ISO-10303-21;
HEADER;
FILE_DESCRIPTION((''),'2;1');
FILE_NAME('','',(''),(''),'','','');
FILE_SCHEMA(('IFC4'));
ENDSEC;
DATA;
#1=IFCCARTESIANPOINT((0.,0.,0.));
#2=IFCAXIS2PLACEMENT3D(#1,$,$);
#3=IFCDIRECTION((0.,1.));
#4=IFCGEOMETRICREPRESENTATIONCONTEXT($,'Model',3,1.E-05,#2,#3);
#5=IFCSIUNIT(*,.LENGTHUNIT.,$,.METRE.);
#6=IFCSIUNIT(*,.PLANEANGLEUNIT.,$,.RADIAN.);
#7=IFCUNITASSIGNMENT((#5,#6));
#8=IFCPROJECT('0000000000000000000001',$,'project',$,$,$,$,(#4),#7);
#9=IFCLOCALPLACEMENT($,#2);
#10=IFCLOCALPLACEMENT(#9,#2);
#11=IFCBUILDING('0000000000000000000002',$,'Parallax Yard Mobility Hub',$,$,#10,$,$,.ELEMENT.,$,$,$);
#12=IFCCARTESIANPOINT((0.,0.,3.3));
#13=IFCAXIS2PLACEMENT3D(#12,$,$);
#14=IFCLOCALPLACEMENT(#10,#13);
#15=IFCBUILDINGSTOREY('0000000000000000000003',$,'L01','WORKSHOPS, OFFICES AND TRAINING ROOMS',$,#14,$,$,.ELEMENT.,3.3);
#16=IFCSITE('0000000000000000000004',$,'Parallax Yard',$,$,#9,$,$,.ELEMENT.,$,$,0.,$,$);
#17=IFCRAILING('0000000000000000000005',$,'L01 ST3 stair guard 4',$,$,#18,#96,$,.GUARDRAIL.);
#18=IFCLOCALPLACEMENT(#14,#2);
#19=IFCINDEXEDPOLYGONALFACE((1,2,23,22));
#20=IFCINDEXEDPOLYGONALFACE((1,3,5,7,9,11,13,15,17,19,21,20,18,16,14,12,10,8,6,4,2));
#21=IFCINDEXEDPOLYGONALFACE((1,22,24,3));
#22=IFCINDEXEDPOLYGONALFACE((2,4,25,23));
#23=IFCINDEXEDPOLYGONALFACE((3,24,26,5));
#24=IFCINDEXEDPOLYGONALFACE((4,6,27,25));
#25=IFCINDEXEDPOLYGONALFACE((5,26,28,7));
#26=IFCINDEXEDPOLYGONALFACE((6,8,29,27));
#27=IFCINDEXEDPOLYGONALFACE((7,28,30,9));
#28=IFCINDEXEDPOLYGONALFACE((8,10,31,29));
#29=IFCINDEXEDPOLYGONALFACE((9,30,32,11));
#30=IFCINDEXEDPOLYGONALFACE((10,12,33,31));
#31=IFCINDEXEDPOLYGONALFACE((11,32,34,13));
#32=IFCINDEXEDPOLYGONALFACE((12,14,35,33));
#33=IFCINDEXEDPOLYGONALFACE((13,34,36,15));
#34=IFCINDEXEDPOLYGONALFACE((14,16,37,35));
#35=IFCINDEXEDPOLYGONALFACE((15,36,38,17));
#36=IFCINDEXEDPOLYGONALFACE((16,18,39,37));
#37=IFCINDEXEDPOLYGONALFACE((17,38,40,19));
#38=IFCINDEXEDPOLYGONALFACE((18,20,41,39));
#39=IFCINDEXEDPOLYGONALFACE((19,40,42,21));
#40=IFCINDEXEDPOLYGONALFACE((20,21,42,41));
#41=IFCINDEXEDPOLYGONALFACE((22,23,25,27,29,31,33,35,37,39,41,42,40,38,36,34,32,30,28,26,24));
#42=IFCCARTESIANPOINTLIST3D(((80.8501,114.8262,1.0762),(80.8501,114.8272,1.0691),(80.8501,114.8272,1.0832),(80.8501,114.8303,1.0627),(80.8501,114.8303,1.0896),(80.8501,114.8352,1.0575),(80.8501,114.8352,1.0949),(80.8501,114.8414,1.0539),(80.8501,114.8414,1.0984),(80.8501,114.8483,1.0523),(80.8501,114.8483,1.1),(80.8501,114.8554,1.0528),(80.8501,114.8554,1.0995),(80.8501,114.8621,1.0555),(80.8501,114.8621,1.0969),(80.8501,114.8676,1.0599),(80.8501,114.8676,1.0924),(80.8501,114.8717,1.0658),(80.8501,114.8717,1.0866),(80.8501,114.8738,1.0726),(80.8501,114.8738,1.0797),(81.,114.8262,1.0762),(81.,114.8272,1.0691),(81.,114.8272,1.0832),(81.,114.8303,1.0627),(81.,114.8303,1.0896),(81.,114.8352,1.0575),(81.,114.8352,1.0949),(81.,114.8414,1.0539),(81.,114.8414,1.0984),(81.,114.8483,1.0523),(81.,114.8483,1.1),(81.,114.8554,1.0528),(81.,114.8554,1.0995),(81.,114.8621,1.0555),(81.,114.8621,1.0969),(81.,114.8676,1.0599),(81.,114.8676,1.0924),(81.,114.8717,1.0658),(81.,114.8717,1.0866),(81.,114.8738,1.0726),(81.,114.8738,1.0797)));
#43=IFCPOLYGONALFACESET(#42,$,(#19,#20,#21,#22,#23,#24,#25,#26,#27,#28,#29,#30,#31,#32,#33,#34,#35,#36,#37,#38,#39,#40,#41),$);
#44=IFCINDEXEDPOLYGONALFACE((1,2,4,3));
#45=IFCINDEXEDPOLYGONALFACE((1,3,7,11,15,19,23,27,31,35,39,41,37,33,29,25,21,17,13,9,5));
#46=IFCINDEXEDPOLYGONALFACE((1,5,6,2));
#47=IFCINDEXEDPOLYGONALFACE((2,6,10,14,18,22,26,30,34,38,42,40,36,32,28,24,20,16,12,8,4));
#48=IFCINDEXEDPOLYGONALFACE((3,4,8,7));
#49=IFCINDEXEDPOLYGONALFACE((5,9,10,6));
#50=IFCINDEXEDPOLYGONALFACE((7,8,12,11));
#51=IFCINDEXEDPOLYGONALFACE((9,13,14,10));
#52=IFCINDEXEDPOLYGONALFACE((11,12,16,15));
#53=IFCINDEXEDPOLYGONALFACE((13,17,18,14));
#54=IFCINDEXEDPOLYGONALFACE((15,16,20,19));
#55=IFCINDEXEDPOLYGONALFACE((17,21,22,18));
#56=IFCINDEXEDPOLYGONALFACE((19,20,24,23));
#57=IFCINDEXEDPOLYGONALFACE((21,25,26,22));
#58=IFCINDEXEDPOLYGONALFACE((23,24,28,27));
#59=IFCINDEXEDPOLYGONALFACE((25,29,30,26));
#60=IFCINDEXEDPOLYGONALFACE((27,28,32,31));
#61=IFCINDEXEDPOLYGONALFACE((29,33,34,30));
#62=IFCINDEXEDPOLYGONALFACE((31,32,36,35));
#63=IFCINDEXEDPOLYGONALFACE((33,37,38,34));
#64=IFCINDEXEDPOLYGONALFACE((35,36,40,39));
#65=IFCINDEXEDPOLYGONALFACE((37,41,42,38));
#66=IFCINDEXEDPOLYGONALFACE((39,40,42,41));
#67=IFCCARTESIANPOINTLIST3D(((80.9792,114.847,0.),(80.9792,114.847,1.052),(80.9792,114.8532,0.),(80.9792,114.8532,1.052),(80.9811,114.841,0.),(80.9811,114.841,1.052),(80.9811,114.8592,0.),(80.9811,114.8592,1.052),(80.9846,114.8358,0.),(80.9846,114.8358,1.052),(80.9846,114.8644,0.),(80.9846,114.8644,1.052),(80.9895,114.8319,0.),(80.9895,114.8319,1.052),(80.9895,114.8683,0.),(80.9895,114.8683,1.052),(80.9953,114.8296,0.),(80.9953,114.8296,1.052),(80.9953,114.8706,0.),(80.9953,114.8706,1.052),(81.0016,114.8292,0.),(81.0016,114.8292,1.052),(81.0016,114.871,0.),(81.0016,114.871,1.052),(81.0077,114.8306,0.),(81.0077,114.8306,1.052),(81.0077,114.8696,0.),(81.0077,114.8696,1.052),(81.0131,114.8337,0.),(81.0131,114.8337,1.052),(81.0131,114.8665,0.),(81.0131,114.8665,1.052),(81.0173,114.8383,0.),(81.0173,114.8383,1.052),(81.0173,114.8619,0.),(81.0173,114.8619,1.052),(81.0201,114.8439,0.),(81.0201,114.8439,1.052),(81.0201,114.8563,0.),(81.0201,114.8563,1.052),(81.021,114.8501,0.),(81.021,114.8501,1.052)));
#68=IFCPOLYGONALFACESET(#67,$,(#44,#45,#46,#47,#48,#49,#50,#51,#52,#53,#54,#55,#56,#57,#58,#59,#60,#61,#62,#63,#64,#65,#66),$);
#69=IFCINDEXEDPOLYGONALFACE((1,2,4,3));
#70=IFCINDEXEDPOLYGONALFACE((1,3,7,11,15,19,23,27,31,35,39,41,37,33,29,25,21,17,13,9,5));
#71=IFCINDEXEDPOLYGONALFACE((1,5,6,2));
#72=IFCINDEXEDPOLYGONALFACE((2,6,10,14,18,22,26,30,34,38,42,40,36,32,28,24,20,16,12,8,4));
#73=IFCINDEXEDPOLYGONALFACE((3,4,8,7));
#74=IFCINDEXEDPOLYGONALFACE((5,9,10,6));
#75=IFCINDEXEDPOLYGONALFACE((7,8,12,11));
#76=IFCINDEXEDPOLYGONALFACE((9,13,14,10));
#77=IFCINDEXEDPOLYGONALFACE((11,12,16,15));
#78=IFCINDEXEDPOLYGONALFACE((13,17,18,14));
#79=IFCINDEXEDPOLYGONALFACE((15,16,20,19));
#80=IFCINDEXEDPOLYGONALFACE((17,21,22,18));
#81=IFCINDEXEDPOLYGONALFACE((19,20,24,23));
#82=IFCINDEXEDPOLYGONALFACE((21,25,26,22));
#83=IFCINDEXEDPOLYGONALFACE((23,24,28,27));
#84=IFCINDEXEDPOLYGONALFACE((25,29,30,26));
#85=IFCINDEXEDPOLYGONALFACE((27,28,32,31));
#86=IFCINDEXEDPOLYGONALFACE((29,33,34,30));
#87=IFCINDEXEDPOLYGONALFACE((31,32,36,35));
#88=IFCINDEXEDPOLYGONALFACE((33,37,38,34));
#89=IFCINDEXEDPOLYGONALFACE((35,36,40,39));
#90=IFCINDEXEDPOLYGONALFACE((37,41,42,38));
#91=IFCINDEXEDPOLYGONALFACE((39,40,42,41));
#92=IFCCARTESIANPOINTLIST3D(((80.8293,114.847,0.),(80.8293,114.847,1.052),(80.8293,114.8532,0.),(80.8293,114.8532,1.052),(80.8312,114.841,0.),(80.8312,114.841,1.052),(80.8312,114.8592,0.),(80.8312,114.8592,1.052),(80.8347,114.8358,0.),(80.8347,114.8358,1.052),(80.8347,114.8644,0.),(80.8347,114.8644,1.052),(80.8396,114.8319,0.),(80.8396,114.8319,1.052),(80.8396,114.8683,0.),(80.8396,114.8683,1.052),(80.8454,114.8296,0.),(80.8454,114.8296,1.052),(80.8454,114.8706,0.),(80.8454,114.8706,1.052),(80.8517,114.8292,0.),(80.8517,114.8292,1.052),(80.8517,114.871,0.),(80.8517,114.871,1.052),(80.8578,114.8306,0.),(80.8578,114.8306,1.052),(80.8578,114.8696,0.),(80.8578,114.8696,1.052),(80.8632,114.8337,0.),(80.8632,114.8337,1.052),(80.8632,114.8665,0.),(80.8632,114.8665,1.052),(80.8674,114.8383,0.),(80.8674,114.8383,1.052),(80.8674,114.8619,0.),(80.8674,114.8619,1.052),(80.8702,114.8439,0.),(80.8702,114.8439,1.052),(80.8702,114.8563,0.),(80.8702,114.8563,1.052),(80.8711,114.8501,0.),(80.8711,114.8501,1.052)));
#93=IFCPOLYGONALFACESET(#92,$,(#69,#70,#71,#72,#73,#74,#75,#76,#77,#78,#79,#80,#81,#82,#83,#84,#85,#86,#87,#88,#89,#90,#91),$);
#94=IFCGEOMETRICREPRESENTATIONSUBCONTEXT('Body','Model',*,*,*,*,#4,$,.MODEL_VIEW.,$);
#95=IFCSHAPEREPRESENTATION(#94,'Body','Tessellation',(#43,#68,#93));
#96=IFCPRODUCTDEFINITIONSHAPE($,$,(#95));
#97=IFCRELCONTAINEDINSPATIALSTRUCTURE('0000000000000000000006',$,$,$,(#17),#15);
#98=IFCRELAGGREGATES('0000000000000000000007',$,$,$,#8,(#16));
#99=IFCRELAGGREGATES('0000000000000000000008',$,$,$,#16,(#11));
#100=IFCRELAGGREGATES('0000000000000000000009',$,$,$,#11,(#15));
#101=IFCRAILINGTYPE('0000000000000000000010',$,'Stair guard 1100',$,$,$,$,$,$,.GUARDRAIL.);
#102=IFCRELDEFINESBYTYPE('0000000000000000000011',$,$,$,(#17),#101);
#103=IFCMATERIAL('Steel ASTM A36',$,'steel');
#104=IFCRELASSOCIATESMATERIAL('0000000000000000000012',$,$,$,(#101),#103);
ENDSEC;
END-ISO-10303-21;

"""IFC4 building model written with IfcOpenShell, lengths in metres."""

from ifc_helpers import new_model, si_unit, direction, frame, origin, origin_2d, place, context, subcontext, project, spatial, circle, extrude, material, type_object, element, save


model = new_model("IFC4")

# Units and contexts
model_context = context("Model", 3, precision=1e-05, world=origin(), true_north=direction((0.0, 1.0)))
body_context = subcontext(model_context, "Body", "Model", "MODEL_VIEW")
ifc_project = project(units=[si_unit("LENGTHUNIT", "METRE"), si_unit("PLANEANGLEUNIT", "RADIAN")], contexts=[model_context])

# Site, building, storey
site_placement = place(None, origin())
site = spatial("IfcSite", under=ifc_project, at=site_placement, Name="Parallax Yard", CompositionType="ELEMENT", RefElevation=0.0)
building_placement = place(site_placement, origin())
building = spatial("IfcBuilding", under=site, at=building_placement, Name="Parallax Yard Mobility Hub", CompositionType="ELEMENT")
storey_placement = place(building_placement, frame((0.0, 0.0, 3.3)))
storey = spatial("IfcBuildingStorey", under=building, at=storey_placement, Name="L01", Description="WORKSHOPS, OFFICES AND TRAINING ROOMS", CompositionType="ELEMENT", Elevation=3.3)

# Railing
ifc_material_1 = material(Name="Steel ASTM A36", Category="steel")
railing_type_1 = type_object("IfcRailingType", Name="Stair guard 1100", PredefinedType="GUARDRAIL", material=ifc_material_1)
railing_1_placement = place(storey_placement, frame((81.0, 114.8501, 0.0)))
element("IfcRailing", 1, at=railing_1_placement, inside=storey, type_object=railing_type_1, Name="L01 ST3 stair guard 4", PredefinedType="GUARDRAIL", context=body_context, shape_type="SweptSolid", body=[
    extrude(circle(Radius=0.0239, at=origin_2d()), frame((0.0, 0.0, 1.0762), z_axis=(-1.0, 0.0, 0.0), x_axis=(0.0, -1.0, 0.0)), (0.0, 0.0, 1.0), 0.1499),
    extrude(circle(Radius=0.021, at=origin_2d()), origin(), (0.0, 0.0, 1.0), 1.052),
    extrude(circle(Radius=0.021, at=origin_2d()), frame((-0.1499, 0.0, 0.0)), (0.0, 0.0, 1.0), 1.052),
])

save(model, "model.ifc")
